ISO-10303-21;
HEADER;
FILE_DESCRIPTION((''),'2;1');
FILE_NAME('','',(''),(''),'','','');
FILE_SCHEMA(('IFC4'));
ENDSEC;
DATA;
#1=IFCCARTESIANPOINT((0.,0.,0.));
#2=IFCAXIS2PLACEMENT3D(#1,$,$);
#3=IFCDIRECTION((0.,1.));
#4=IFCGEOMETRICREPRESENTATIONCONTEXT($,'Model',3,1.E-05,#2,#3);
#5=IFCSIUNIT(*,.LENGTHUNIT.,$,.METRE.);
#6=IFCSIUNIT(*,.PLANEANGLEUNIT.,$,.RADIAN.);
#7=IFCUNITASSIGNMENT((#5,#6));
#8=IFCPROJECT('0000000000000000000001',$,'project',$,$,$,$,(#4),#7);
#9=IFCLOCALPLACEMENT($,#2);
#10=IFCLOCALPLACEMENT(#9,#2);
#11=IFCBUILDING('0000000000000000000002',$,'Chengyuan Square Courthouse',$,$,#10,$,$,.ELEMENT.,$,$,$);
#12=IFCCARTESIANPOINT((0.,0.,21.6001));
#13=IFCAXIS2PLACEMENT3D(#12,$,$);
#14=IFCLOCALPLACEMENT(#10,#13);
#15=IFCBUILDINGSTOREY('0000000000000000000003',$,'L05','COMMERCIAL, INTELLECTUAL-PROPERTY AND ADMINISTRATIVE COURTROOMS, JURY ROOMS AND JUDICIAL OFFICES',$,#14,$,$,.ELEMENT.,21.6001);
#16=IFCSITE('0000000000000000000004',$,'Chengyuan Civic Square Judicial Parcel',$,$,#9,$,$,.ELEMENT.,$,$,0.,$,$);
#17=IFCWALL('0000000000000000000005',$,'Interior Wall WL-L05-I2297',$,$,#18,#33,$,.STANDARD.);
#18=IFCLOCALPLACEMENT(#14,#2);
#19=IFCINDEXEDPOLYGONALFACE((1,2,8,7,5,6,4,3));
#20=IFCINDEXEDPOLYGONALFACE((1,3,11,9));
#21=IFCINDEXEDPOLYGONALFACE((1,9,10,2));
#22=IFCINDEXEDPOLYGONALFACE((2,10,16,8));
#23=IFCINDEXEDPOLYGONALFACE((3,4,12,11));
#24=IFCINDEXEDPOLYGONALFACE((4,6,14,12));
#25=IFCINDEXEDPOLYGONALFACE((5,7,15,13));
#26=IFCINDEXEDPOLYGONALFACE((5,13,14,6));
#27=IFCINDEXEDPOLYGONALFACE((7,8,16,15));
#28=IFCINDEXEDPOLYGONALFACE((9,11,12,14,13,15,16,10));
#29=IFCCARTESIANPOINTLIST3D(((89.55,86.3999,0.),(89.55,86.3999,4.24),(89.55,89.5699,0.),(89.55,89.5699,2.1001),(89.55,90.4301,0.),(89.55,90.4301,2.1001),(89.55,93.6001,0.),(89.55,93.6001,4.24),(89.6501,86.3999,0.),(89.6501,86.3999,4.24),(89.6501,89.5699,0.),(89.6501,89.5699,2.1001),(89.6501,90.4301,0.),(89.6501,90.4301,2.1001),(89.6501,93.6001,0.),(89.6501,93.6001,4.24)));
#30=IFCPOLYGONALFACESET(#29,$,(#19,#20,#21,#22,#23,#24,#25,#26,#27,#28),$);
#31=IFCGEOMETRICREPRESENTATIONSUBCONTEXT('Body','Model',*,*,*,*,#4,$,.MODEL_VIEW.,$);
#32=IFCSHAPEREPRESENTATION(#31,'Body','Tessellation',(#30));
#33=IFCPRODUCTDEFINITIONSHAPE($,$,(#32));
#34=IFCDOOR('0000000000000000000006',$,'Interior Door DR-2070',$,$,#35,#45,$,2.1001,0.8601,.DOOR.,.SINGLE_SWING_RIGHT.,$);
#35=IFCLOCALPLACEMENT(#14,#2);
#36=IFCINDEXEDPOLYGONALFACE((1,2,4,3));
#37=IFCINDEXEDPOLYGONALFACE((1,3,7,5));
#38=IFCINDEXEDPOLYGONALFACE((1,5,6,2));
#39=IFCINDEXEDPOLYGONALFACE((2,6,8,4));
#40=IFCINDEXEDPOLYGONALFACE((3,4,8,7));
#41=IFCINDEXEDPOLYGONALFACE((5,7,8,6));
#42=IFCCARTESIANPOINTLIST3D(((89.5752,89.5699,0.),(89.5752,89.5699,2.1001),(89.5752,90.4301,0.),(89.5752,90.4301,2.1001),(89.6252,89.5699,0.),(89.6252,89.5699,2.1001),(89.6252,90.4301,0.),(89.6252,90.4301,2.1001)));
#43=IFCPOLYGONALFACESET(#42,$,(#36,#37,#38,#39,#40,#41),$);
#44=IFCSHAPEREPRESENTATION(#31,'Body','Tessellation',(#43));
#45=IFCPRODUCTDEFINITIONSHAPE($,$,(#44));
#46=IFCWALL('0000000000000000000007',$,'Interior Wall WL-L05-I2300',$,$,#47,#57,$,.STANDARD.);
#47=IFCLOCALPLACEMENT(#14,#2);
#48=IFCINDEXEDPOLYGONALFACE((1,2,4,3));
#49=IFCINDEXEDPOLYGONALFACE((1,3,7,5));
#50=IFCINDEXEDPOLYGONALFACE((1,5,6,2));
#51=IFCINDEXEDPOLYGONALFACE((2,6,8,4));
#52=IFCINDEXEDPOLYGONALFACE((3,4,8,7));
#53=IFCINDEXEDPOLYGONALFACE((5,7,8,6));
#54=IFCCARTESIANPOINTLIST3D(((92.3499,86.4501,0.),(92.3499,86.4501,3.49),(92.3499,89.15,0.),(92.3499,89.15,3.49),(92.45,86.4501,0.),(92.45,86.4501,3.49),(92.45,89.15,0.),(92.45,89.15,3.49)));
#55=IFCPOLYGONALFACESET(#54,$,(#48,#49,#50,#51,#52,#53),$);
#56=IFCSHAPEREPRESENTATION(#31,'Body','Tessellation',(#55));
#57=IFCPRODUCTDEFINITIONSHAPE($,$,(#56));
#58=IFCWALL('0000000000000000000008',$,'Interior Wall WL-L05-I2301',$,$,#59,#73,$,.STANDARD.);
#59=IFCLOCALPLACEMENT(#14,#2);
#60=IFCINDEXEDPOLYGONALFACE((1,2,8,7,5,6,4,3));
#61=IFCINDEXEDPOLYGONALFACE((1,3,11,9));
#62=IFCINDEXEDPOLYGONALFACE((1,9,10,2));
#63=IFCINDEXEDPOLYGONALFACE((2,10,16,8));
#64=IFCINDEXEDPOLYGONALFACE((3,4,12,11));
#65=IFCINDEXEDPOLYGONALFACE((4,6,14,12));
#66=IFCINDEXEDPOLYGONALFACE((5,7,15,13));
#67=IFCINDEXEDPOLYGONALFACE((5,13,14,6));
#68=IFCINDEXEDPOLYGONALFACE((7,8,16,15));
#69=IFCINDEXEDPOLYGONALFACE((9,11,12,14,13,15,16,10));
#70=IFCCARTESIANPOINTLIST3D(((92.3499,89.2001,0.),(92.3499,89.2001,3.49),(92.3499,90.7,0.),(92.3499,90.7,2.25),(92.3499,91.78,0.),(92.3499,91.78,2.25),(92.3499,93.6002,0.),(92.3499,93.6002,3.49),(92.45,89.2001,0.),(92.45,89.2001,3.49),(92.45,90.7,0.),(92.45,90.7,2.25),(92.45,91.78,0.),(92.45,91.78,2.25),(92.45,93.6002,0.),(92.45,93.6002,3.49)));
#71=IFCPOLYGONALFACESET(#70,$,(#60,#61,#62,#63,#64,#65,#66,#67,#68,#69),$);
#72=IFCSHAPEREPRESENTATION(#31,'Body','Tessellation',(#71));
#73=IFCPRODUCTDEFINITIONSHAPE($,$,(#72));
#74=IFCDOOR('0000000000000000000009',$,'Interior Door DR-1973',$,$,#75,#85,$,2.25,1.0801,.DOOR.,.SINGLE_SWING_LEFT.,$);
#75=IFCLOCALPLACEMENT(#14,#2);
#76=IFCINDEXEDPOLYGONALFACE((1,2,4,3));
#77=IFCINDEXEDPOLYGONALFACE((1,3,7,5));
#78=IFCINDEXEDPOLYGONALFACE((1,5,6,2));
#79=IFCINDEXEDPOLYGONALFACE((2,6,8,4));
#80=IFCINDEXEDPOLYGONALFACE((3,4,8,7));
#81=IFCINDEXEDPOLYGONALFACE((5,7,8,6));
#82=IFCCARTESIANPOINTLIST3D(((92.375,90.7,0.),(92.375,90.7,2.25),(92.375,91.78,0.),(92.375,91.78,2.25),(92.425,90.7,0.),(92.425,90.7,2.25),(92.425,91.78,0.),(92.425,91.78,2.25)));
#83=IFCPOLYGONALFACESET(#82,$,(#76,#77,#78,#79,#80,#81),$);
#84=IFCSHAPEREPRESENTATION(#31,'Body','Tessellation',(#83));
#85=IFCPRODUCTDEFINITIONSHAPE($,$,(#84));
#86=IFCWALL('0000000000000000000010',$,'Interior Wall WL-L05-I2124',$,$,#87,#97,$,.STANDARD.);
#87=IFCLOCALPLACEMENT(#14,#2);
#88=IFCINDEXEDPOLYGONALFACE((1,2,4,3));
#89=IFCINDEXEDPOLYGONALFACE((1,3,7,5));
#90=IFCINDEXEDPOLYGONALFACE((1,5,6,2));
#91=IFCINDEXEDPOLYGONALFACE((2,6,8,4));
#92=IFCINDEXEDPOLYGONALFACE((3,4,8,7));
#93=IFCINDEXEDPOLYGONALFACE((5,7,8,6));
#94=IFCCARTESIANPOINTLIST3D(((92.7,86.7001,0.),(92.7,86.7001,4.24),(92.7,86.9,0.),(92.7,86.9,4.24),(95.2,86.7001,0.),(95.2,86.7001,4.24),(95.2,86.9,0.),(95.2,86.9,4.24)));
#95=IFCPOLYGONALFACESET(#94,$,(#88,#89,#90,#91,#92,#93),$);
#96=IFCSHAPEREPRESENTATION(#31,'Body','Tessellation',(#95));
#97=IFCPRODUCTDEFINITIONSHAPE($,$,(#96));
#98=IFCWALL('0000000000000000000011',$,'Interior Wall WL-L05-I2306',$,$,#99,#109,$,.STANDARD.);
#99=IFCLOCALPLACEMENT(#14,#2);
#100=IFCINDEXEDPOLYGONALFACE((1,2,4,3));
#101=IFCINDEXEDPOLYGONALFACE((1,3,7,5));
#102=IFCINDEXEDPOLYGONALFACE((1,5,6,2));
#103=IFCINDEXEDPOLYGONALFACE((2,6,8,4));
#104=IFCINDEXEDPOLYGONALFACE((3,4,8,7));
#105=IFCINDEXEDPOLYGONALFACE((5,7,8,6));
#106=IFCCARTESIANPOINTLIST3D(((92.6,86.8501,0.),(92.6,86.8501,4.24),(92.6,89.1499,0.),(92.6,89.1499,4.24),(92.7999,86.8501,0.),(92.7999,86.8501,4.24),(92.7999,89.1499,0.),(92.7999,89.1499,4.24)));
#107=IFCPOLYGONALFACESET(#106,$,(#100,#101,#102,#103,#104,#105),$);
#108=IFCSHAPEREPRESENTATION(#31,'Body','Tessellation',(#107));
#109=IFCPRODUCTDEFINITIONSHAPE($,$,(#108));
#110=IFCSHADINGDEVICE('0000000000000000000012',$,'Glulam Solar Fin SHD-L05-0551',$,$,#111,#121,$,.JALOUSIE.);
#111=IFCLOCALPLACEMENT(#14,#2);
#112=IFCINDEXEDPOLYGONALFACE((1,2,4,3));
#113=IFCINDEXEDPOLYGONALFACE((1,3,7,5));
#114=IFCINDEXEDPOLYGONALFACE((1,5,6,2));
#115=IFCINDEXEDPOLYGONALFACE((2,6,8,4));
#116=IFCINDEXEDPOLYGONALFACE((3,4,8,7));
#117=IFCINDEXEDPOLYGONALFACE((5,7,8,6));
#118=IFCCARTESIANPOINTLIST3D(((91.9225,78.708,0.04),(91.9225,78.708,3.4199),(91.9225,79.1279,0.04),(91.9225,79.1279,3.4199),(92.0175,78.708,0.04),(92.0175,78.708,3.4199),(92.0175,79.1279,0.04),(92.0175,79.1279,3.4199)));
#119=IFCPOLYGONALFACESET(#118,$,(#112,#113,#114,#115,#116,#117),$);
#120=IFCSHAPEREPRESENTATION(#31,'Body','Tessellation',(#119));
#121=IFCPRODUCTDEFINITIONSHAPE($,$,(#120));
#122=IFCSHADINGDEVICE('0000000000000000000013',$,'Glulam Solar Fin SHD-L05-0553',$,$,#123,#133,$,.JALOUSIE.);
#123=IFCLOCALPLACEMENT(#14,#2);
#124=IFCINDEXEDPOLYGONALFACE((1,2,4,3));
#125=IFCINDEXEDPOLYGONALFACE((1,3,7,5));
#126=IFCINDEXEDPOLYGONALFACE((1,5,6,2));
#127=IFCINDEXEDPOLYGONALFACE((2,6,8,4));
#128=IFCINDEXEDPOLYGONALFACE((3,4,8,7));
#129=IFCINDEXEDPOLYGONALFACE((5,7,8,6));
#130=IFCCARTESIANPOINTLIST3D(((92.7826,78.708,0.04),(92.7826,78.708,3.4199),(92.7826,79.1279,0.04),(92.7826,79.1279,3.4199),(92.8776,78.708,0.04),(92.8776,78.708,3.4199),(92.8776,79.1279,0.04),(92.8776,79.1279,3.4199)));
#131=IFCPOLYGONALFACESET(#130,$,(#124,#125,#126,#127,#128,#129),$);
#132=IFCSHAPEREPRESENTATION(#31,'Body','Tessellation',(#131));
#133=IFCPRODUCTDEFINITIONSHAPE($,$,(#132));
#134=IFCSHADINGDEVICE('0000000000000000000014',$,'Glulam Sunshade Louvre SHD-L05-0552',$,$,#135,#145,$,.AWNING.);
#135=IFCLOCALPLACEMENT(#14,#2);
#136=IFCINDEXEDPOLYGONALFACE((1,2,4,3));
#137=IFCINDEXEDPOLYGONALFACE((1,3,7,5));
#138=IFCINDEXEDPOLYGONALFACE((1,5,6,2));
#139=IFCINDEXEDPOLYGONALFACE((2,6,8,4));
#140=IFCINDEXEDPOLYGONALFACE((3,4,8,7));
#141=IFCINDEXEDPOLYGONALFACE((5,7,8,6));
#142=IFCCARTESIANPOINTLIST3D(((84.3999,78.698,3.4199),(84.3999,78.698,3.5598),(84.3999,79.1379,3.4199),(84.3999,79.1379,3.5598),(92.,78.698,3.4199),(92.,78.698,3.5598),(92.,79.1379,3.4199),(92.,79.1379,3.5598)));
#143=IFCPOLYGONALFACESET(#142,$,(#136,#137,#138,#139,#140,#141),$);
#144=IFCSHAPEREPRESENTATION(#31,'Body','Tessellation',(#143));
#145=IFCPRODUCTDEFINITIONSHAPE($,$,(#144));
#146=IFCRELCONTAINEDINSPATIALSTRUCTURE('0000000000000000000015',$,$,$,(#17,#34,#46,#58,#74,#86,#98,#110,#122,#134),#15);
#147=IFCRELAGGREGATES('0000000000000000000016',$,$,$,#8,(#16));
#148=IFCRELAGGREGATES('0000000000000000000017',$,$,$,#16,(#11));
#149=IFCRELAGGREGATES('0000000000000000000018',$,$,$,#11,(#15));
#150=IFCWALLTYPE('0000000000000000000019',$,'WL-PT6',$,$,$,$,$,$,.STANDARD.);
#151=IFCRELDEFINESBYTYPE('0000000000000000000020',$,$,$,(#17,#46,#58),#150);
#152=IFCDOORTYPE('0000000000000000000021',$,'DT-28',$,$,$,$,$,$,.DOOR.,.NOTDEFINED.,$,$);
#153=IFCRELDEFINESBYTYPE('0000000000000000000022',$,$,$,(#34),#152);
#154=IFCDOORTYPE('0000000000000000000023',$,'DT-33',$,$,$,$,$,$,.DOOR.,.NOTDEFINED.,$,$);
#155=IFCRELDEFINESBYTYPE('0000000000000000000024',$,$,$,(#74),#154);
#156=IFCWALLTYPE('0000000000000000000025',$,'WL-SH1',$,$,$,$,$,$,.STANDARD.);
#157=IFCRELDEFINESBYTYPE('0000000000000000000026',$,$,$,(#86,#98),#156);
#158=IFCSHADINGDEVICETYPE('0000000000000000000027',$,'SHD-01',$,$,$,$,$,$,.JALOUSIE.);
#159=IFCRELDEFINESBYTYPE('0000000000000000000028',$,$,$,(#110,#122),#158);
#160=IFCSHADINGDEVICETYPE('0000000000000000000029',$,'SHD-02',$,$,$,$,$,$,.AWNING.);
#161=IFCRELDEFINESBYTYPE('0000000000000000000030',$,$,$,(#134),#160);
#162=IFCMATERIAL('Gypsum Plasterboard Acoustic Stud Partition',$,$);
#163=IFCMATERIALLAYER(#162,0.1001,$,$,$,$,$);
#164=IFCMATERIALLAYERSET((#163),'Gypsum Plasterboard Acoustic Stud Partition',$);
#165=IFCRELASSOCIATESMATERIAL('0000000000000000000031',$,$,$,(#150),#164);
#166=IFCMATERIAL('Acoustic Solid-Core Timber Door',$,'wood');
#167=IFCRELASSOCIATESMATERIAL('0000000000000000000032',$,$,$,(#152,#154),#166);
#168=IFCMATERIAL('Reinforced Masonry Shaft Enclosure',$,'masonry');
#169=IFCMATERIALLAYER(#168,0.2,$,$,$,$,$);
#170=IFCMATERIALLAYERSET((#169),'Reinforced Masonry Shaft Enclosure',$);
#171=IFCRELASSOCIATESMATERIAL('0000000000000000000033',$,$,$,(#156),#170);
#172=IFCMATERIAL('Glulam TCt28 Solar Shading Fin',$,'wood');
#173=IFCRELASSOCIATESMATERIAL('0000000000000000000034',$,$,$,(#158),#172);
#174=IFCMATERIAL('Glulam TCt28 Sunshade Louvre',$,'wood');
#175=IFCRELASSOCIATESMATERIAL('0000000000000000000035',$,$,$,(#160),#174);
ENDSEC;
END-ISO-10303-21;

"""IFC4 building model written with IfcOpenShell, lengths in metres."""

from ifc_helpers import new_model, si_unit, direction, frame, frame_2d, origin, origin_2d, place, context, subcontext, project, spatial, rectangle, extrude, material, layer, layer_set, type_object, element, fill, save


model = new_model("IFC4")

# Units and contexts
model_context = context("Model", 3, precision=1e-05, world=origin(), true_north=direction((0.0, 1.0)))
body_context = subcontext(model_context, "Body", "Model", "MODEL_VIEW")
ifc_project = project(units=[si_unit("LENGTHUNIT", "METRE"), si_unit("PLANEANGLEUNIT", "RADIAN")], contexts=[model_context])

# Site, building, storey
site_placement = place(None, origin())
site = spatial("IfcSite", under=ifc_project, at=site_placement, Name="Chengyuan Civic Square Judicial Parcel", CompositionType="ELEMENT", RefElevation=0.0)
building_placement = place(site_placement, origin())
building = spatial("IfcBuilding", under=site, at=building_placement, Name="Chengyuan Square Courthouse", CompositionType="ELEMENT")
storey_placement = place(building_placement, frame((0.0, 0.0, 21.6001)))
storey = spatial("IfcBuildingStorey", under=building, at=storey_placement, Name="L05", Description="COMMERCIAL, INTELLECTUAL-PROPERTY AND ADMINISTRATIVE COURTROOMS, JURY ROOMS AND JUDICIAL OFFICES", CompositionType="ELEMENT", Elevation=21.6001)

# Shared definitions
ifc_material_1 = material(Name="Gypsum Plasterboard Acoustic Stud Partition")
ifc_layer_1 = layer(ifc_material_1, 0.1001)
ifc_layer_set_1 = layer_set([ifc_layer_1], Name="Gypsum Plasterboard Acoustic Stud Partition")
wall_type_1 = type_object("IfcWallType", Name="WL-PT6", PredefinedType="STANDARD", material=ifc_layer_set_1)

# Wall, opening, door
wall_1_placement = place(storey_placement, frame((89.6001, 86.3999, 0.0), z_axis=(0.0, 0.0, 1.0), x_axis=(0.0, 1.0, 0.0)))
wall_1 = element("IfcWall", 1, at=wall_1_placement, inside=storey, type_object=wall_type_1, Name="Interior Wall WL-L05-I2297", PredefinedType="STANDARD", context=body_context, shape_type="SweptSolid", body=[
    extrude(rectangle(XDim=7.2002, YDim=0.1001, at=frame_2d((3.6001, 0.0))), origin(), (0.0, 0.0, 1.0), 4.24),
])
opening_1_placement = place(wall_1_placement, frame((3.1699, 0.0, 0.0)))
opening_1 = element("IfcOpeningElement", 2, at=opening_1_placement, cuts=wall_1, PredefinedType="OPENING", context=body_context, shape_type="SweptSolid", body=[
    extrude(rectangle(XDim=0.8601, YDim=2.1001, at=frame_2d((0.4302, 1.05))), frame((0.0, 0.062, 0.0), z_axis=(0.0, -1.0, 0.0), x_axis=(1.0, 0.0, 0.0)), (0.0, 0.0, 1.0), 0.124),
])
ifc_material_2 = material(Name="Acoustic Solid-Core Timber Door", Category="wood")
door_type_1 = type_object("IfcDoorType", Name="DT-28", OperationType="NOTDEFINED", PredefinedType="DOOR", material=ifc_material_2)
door_1_placement = place(opening_1_placement, origin())
door_1 = element("IfcDoor", 3, at=door_1_placement, inside=storey, type_object=door_type_1, Name="Interior Door DR-2070", OperationType="SINGLE_SWING_RIGHT", OverallHeight=2.1001, OverallWidth=0.8601, PredefinedType="DOOR", context=body_context, shape_type="SweptSolid", body=[
    extrude(rectangle(XDim=0.8601, YDim=2.1001, at=frame_2d((0.4302, 1.05))), frame((0.0, 0.0249, 0.0), z_axis=(0.0, -1.0, 0.0), x_axis=(1.0, 0.0, 0.0)), (0.0, 0.0, 1.0), 0.05),
])
fill(opening_1, door_1)

# Wall
wall_2_placement = place(storey_placement, frame((92.3999, 86.45, 0.0), z_axis=(0.0, 0.0, 1.0), x_axis=(0.0, 1.0, 0.0)))
element("IfcWall", 4, at=wall_2_placement, inside=storey, type_object=wall_type_1, Name="Interior Wall WL-L05-I2300", PredefinedType="STANDARD", context=body_context, shape_type="SweptSolid", body=[
    extrude(rectangle(XDim=2.7, YDim=0.1001, at=frame_2d((1.3501, 0.0))), origin(), (0.0, 0.0, 1.0), 3.49),
])

# Wall, opening, door
wall_3_placement = place(storey_placement, frame((92.3999, 89.2, 0.0), z_axis=(0.0, 0.0, 1.0), x_axis=(0.0, 1.0, 0.0)))
wall_3 = element("IfcWall", 5, at=wall_3_placement, inside=storey, type_object=wall_type_1, Name="Interior Wall WL-L05-I2301", PredefinedType="STANDARD", context=body_context, shape_type="SweptSolid", body=[
    extrude(rectangle(XDim=4.4001, YDim=0.1001, at=frame_2d((2.2002, 0.0))), origin(), (0.0, 0.0, 1.0), 3.49),
])
opening_2_placement = place(wall_3_placement, frame((1.5, 0.0, 0.0)))
opening_2 = element("IfcOpeningElement", 6, at=opening_2_placement, cuts=wall_3, PredefinedType="OPENING", context=body_context, shape_type="SweptSolid", body=[
    extrude(rectangle(XDim=1.0801, YDim=2.25, at=frame_2d((0.54, 1.125))), frame((0.0, 0.062, 0.0), z_axis=(0.0, -1.0, 0.0), x_axis=(1.0, 0.0, 0.0)), (0.0, 0.0, 1.0), 0.124),
])
door_type_2 = type_object("IfcDoorType", Name="DT-33", OperationType="NOTDEFINED", PredefinedType="DOOR", material=ifc_material_2)
door_2_placement = place(opening_2_placement, origin())
door_2 = element("IfcDoor", 7, at=door_2_placement, inside=storey, type_object=door_type_2, Name="Interior Door DR-1973", OperationType="SINGLE_SWING_LEFT", OverallHeight=2.25, OverallWidth=1.0801, PredefinedType="DOOR", context=body_context, shape_type="SweptSolid", body=[
    extrude(rectangle(XDim=1.0801, YDim=2.25, at=frame_2d((0.54, 1.125))), frame((0.0, 0.0249, 0.0), z_axis=(0.0, -1.0, 0.0), x_axis=(1.0, 0.0, 0.0)), (0.0, 0.0, 1.0), 0.05),
])
fill(opening_2, door_2)

# Walls
ifc_material_3 = material(Name="Reinforced Masonry Shaft Enclosure", Category="masonry")
ifc_layer_2 = layer(ifc_material_3, 0.2)
ifc_layer_set_2 = layer_set([ifc_layer_2], Name="Reinforced Masonry Shaft Enclosure")
wall_type_2 = type_object("IfcWallType", Name="WL-SH1", PredefinedType="STANDARD", material=ifc_layer_set_2)
wall_4_placement = place(storey_placement, frame((92.7, 86.8, 0.0), z_axis=(0.0, 0.0, 1.0), x_axis=(1.0, 0.0, 0.0)))
element("IfcWall", 8, at=wall_4_placement, inside=storey, type_object=wall_type_2, Name="Interior Wall WL-L05-I2124", PredefinedType="STANDARD", context=body_context, shape_type="SweptSolid", body=[
    extrude(rectangle(XDim=2.5, YDim=0.2, at=frame_2d((1.25, 0.0))), origin(), (0.0, 0.0, 1.0), 4.24),
])
wall_5_placement = place(storey_placement, frame((92.7, 86.8501, 0.0), z_axis=(0.0, 0.0, 1.0), x_axis=(0.0, 1.0, 0.0)))
element("IfcWall", 9, at=wall_5_placement, inside=storey, type_object=wall_type_2, Name="Interior Wall WL-L05-I2306", PredefinedType="STANDARD", context=body_context, shape_type="SweptSolid", body=[
    extrude(rectangle(XDim=2.2998, YDim=0.2, at=frame_2d((1.1499, 0.0))), origin(), (0.0, 0.0, 1.0), 4.24),
])

# Shading devices
ifc_material_4 = material(Name="Glulam TCt28 Solar Shading Fin", Category="wood")
shading_device_type_1 = type_object("IfcShadingDeviceType", Name="SHD-01", PredefinedType="JALOUSIE", material=ifc_material_4)
for number, where, z_axis, x_axis, name in (
    (10, (91.97, 78.918, 0.04), (0.0, 0.0, 1.0), (0.0, 1.0, 0.0), "Glulam Solar Fin SHD-L05-0551"),
    (11, (92.8301, 78.918, 0.04), (0.0, 0.0, 1.0), (0.0, 1.0, 0.0), "Glulam Solar Fin SHD-L05-0553"),
):
    element("IfcShadingDevice", number, at=place(storey_placement, frame(where, z_axis=z_axis, x_axis=x_axis)), inside=storey, type_object=shading_device_type_1, Name=name, PredefinedType="JALOUSIE", context=body_context, shape_type="SweptSolid", body=[
        extrude(rectangle(XDim=0.4199, YDim=0.095, at=origin_2d()), origin(), (0.0, 0.0, 1.0), 3.3799),
    ])
ifc_material_5 = material(Name="Glulam TCt28 Sunshade Louvre", Category="wood")
shading_device_type_2 = type_object("IfcShadingDeviceType", Name="SHD-02", PredefinedType="AWNING", material=ifc_material_5)
shading_device_placement = place(storey_placement, frame((88.2, 78.918, 3.4199), z_axis=(0.0, 0.0, 1.0), x_axis=(1.0, 0.0, 0.0)))
element("IfcShadingDevice", 12, at=shading_device_placement, inside=storey, type_object=shading_device_type_2, Name="Glulam Sunshade Louvre SHD-L05-0552", PredefinedType="AWNING", context=body_context, shape_type="SweptSolid", body=[
    extrude(rectangle(XDim=7.6001, YDim=0.4399, at=origin_2d()), origin(), (0.0, 0.0, 1.0), 0.1399),
])

save(model, "model.ifc")
